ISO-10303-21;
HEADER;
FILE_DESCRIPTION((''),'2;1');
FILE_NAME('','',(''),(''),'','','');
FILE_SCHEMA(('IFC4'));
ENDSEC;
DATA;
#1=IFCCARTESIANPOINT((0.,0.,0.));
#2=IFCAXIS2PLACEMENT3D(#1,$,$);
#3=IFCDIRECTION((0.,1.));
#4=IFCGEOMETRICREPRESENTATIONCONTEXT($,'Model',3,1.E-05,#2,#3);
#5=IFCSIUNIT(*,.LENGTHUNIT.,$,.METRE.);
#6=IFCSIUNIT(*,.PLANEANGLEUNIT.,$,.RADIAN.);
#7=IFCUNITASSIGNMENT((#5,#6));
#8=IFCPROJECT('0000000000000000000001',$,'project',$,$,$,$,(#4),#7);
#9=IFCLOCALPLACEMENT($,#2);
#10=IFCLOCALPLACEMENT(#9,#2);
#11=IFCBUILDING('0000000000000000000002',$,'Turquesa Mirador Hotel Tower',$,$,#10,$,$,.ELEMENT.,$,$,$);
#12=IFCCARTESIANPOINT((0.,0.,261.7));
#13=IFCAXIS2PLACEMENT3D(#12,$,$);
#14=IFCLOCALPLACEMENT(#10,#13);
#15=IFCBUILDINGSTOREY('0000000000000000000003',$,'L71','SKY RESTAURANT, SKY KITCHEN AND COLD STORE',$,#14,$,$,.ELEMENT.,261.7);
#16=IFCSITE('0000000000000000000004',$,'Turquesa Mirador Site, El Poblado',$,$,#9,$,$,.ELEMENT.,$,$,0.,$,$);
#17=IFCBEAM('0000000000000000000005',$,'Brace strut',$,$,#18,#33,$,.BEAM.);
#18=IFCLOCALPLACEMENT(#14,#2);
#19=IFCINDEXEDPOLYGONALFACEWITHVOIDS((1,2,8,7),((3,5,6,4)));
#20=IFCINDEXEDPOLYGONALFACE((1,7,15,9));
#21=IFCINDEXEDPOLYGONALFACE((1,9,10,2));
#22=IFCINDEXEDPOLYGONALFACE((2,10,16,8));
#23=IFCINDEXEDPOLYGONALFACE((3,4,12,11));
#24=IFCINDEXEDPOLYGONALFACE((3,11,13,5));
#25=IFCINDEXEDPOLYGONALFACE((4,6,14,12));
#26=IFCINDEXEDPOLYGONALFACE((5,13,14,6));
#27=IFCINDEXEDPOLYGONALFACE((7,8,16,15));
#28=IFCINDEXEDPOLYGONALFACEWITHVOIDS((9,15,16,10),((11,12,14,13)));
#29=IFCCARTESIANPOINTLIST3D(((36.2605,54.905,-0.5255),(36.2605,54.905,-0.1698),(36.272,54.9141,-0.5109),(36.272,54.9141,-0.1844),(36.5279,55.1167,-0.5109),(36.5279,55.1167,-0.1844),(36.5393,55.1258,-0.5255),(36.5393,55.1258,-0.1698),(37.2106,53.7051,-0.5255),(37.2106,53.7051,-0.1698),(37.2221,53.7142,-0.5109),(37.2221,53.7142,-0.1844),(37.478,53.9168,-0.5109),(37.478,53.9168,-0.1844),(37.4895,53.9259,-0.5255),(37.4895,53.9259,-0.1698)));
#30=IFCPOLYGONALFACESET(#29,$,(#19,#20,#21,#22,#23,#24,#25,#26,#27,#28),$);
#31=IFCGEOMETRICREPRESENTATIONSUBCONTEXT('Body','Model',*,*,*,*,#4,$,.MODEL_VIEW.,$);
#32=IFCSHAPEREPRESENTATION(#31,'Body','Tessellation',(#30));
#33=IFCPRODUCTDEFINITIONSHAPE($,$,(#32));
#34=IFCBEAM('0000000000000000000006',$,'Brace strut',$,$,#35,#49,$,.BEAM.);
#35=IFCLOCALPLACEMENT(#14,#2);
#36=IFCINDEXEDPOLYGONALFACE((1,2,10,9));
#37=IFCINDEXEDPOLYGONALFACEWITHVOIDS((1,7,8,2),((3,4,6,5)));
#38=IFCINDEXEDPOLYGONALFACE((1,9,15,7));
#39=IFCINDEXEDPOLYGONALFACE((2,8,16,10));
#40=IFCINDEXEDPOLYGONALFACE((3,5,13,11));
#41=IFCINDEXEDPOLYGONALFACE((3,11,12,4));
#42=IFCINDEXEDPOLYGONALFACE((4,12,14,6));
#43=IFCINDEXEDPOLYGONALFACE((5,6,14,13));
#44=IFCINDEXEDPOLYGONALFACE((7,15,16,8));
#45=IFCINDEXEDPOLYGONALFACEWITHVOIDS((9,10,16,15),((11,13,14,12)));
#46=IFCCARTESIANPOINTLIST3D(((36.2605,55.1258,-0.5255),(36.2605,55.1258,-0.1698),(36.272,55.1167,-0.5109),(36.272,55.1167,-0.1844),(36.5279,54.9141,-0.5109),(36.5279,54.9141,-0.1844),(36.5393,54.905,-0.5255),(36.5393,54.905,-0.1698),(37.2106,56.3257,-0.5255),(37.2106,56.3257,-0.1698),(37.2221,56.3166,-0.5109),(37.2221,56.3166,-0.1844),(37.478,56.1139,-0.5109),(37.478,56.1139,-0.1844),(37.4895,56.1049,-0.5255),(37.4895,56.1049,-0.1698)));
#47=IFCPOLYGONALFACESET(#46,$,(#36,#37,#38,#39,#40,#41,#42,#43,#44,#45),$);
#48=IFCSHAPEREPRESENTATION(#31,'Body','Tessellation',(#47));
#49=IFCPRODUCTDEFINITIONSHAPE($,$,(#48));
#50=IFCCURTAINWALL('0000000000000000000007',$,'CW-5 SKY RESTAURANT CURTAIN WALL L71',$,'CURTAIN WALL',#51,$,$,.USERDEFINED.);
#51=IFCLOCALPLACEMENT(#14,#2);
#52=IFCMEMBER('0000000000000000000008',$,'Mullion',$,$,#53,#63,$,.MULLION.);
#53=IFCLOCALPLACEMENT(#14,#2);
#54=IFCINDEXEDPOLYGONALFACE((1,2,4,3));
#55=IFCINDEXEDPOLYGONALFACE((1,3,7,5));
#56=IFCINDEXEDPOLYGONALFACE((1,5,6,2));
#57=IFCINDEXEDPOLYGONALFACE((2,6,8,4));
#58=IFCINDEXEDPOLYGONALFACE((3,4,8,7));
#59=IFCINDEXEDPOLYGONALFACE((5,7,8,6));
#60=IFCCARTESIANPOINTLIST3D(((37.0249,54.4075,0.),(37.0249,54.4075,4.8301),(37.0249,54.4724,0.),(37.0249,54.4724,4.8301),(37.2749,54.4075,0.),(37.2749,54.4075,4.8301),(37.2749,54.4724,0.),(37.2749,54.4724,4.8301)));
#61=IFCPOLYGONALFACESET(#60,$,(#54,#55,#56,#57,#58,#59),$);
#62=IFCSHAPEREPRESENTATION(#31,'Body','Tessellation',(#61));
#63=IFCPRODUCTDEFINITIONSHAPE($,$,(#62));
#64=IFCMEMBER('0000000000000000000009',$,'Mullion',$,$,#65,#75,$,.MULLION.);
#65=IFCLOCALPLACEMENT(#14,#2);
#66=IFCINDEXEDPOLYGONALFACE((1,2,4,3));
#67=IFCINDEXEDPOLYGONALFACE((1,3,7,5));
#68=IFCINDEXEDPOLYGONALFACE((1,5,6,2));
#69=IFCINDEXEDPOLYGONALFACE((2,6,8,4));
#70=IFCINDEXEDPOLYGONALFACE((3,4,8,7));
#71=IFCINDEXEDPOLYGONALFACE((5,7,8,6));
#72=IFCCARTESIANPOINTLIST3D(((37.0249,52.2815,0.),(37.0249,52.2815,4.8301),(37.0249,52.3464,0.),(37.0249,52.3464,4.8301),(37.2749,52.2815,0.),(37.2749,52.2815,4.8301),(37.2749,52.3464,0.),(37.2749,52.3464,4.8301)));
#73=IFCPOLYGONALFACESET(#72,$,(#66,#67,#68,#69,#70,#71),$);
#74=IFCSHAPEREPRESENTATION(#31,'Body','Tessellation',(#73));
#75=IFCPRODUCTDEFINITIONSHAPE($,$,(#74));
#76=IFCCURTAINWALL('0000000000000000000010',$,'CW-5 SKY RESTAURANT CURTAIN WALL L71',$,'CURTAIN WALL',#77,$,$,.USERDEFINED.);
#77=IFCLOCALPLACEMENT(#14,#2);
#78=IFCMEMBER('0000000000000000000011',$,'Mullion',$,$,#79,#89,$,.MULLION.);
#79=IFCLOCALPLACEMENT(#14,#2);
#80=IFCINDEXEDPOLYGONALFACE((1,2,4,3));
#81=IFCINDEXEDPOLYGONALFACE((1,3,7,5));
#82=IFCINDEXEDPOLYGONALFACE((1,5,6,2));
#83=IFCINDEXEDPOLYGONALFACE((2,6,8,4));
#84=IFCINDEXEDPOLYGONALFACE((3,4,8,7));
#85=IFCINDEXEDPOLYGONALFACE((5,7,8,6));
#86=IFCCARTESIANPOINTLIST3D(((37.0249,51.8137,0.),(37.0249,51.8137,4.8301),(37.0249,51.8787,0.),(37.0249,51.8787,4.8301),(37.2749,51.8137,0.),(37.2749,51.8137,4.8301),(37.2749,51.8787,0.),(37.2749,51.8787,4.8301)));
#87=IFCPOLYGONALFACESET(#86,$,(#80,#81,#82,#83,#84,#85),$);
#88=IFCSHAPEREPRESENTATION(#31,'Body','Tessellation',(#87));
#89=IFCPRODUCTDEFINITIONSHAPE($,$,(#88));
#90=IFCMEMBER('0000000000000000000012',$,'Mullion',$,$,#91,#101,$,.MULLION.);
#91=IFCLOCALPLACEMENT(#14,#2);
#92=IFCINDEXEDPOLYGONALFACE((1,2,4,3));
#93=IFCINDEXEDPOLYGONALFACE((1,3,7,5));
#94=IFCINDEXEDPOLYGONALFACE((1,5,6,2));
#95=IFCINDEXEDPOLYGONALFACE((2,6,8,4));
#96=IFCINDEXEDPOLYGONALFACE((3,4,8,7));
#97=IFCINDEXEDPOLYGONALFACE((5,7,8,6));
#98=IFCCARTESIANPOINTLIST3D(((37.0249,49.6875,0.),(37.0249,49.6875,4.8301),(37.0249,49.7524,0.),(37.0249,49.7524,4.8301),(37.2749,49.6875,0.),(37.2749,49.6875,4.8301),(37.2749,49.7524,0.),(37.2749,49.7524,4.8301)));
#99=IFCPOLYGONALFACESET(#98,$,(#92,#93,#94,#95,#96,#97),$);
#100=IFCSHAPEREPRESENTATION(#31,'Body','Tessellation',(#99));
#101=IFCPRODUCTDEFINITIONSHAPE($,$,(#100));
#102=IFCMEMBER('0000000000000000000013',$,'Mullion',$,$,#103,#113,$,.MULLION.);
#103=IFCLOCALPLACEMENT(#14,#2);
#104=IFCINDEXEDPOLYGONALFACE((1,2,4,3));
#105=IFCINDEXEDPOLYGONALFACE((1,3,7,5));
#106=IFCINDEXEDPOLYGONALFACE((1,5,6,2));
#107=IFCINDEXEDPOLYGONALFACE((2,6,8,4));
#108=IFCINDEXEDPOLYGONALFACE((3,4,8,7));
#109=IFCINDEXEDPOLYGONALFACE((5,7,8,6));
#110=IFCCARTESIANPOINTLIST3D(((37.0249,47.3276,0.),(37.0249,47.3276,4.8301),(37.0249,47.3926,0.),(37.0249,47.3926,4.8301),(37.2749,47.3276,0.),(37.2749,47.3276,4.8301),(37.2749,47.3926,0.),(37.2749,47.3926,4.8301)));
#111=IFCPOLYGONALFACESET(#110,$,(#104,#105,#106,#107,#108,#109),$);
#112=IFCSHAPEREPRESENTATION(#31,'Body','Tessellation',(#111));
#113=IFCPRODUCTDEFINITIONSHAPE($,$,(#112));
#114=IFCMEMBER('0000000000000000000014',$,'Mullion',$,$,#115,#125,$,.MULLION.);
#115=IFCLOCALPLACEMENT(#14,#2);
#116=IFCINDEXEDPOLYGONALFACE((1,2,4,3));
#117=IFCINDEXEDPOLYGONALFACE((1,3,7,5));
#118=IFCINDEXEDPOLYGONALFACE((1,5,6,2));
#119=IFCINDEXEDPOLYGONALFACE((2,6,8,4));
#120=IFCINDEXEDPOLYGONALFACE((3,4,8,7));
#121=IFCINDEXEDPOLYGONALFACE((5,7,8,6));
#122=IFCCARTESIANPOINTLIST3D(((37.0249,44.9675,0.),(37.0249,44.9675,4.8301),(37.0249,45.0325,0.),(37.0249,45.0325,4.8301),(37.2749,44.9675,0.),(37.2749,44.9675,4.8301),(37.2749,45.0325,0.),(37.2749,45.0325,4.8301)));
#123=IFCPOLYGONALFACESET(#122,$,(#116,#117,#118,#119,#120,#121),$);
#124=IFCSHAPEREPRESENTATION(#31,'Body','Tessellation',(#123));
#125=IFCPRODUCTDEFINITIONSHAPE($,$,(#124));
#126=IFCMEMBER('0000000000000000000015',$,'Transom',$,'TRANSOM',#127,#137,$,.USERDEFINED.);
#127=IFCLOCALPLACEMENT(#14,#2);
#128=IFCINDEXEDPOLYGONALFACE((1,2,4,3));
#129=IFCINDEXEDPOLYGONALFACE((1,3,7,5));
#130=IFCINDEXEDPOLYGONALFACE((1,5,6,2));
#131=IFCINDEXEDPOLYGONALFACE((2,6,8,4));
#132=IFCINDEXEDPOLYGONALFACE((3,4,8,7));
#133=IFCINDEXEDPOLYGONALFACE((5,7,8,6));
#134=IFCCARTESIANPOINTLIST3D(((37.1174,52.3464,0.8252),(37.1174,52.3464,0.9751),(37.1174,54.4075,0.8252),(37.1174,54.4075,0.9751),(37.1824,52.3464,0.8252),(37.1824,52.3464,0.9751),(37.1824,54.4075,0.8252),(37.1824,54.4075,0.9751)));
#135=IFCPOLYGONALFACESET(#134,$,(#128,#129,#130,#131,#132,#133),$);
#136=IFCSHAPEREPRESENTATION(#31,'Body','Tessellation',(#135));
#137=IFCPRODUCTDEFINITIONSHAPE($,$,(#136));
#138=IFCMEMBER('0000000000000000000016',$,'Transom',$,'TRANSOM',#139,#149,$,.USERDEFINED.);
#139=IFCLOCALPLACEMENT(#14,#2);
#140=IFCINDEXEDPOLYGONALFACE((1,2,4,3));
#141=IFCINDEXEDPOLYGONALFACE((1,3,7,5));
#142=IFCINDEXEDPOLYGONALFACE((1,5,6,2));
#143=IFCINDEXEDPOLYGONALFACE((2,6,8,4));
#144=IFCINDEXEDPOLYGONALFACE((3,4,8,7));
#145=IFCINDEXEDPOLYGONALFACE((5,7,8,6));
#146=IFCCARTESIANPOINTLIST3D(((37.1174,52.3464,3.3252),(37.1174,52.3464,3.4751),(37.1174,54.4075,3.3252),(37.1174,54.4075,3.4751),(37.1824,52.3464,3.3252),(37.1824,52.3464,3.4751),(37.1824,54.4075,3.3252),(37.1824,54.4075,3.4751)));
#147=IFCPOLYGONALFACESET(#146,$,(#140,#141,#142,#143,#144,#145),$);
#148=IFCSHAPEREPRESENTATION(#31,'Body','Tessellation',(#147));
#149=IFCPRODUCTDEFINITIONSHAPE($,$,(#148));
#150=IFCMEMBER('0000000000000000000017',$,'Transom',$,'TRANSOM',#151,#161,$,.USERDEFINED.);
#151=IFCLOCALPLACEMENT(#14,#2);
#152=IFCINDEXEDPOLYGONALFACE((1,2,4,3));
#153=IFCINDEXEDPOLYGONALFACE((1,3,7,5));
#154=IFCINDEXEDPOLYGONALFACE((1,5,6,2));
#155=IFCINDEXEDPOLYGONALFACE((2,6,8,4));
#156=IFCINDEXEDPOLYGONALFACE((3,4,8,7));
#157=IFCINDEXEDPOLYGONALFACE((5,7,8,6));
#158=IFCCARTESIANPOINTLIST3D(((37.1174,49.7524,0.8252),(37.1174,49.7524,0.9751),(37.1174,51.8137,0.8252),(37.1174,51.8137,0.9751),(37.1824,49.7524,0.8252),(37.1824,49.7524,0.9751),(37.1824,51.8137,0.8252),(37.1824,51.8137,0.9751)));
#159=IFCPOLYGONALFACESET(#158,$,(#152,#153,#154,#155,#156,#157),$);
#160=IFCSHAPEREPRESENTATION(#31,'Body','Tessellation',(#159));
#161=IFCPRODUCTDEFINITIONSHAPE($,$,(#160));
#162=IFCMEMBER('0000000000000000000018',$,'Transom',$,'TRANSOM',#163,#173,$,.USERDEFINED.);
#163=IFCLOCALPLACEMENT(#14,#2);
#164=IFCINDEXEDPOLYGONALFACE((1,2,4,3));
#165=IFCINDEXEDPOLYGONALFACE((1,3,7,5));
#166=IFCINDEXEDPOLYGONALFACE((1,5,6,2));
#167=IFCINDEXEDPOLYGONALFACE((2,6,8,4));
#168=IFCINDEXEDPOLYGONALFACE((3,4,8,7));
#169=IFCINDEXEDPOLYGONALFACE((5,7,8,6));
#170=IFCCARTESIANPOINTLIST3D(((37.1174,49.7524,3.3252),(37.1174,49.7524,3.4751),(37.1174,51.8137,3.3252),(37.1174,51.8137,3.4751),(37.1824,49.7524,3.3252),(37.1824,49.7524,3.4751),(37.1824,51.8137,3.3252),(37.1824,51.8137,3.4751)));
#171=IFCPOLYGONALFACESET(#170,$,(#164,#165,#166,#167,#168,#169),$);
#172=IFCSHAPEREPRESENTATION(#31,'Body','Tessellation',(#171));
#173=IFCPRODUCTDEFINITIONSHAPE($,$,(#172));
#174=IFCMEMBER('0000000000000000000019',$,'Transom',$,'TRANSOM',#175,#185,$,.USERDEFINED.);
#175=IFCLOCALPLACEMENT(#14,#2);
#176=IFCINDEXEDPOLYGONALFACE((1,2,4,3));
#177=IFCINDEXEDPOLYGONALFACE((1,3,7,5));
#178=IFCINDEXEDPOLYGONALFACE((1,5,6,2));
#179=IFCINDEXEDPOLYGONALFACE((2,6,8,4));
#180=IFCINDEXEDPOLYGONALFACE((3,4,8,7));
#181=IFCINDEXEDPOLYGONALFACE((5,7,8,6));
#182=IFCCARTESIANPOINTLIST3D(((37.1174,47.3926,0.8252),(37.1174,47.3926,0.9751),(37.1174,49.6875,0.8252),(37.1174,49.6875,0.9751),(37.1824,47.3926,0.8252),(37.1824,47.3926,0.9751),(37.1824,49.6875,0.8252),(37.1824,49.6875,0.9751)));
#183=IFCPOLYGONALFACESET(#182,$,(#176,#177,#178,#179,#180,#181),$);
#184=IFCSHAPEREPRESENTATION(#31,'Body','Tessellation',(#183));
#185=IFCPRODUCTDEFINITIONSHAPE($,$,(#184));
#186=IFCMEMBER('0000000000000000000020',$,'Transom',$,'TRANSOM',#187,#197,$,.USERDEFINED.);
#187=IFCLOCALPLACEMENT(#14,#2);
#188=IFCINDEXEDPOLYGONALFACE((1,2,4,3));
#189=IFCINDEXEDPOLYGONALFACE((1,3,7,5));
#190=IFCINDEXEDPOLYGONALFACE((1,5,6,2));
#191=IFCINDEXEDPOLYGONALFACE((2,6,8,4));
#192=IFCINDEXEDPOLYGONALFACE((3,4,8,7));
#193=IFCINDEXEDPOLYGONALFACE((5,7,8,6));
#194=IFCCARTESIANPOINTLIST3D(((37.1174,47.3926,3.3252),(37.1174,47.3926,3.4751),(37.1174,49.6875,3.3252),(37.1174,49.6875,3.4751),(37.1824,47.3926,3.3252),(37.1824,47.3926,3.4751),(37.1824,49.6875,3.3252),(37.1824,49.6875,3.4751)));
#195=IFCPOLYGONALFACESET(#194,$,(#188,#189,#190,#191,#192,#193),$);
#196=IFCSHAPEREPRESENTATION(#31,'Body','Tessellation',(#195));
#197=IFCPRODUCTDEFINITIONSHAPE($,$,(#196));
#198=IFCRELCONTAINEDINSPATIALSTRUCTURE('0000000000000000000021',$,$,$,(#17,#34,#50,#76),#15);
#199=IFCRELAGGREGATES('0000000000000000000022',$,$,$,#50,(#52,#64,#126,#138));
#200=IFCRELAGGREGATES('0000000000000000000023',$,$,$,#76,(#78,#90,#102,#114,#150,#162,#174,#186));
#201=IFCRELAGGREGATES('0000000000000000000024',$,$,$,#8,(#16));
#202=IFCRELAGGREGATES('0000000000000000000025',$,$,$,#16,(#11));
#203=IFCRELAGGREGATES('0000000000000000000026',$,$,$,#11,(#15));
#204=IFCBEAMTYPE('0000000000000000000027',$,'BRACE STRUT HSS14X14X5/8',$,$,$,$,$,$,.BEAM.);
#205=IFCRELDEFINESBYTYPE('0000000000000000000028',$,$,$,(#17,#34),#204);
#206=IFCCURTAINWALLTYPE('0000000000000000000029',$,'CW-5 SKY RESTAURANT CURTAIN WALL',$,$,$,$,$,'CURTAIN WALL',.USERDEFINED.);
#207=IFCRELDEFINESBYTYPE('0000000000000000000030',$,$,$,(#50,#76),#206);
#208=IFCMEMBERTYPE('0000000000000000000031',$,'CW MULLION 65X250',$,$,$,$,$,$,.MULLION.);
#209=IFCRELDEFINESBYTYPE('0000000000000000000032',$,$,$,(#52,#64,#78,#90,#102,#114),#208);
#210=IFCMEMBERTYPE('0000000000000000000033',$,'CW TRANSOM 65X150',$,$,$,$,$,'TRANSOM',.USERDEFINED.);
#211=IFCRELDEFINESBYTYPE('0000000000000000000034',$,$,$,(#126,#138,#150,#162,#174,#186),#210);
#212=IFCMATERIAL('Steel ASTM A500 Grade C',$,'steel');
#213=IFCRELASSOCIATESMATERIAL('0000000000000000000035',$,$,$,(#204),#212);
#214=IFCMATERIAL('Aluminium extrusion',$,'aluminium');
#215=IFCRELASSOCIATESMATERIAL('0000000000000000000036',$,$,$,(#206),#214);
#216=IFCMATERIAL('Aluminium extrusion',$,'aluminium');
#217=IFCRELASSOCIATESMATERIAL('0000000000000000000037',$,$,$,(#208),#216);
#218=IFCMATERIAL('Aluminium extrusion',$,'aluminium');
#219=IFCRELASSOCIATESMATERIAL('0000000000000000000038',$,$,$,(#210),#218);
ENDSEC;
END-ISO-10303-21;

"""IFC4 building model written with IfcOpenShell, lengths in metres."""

from ifc_helpers import new_model, si_unit, direction, frame, origin, origin_2d, place, context, subcontext, project, spatial, rectangle, hollow_rectangle, extrude, material, material_profile, profile_set, type_object, element, aggregate, save


model = new_model("IFC4")

# Units and contexts
model_context = context("Model", 3, precision=1e-05, world=origin(), true_north=direction((0.0, 1.0)))
body_context = subcontext(model_context, "Body", "Model", "MODEL_VIEW")
ifc_project = project(units=[si_unit("LENGTHUNIT", "METRE"), si_unit("PLANEANGLEUNIT", "RADIAN")], contexts=[model_context])

# Site, building, storey
site_placement = place(None, origin())
site = spatial("IfcSite", under=ifc_project, at=site_placement, Name="Turquesa Mirador Site, El Poblado", CompositionType="ELEMENT", RefElevation=0.0)
building_placement = place(site_placement, origin())
building = spatial("IfcBuilding", under=site, at=building_placement, Name="Turquesa Mirador Hotel Tower", CompositionType="ELEMENT")
storey_placement = place(building_placement, frame((0.0, 0.0, 261.7)))
storey = spatial("IfcBuildingStorey", under=building, at=storey_placement, Name="L71", Description="SKY RESTAURANT, SKY KITCHEN AND COLD STORE", CompositionType="ELEMENT", Elevation=261.7)

# Beams
ifc_material_1 = material(Name="Steel ASTM A500 Grade C", Category="steel")
ifc_material_profile_1 = material_profile(ifc_material_1, hollow_rectangle(XDim=0.3557, YDim=0.3557, WallThickness=0.0146, at=origin_2d()), Name="HSS14X14X5/8")
ifc_profile_set_1 = profile_set([ifc_material_profile_1], Name="Steel ASTM A500 Grade C")
beam_type = type_object("IfcBeamType", Name="BRACE STRUT HSS14X14X5/8", PredefinedType="BEAM", material=ifc_profile_set_1)
for number, where, z_axis, x_axis, name in (
    (1, (36.3999, 55.0154, -0.3477), (0.620797, -0.783971, 0.0), (0.783971, 0.620797, 0.0), "Brace strut"),
    (2, (36.3999, 55.0154, -0.3477), (0.620797, 0.783971, 0.0), (-0.783971, 0.620797, 0.0), "Brace strut"),
):
    element("IfcBeam", number, at=place(storey_placement, frame(where, z_axis=z_axis, x_axis=x_axis)), inside=storey, type_object=beam_type, Name=name, PredefinedType="BEAM", context=body_context, shape_type="SweptSolid", body=[
        extrude(hollow_rectangle(XDim=0.3557, YDim=0.3557, WallThickness=0.0146, at=origin_2d()), origin(), (0.0, 0.0, 1.0), 1.5305),
    ])

# Curtain walls, members
ifc_material_2 = material(Name="Aluminium extrusion", Category="aluminium")
curtain_wall_type = type_object("IfcCurtainWallType", Name="CW-5 SKY RESTAURANT CURTAIN WALL", ElementType="CURTAIN WALL", PredefinedType="USERDEFINED", material=ifc_material_2)
curtain_wall_1_placement = place(storey_placement, origin())
curtain_wall_1 = element("IfcCurtainWall", 3, at=curtain_wall_1_placement, inside=storey, type_object=curtain_wall_type, Name="CW-5 SKY RESTAURANT CURTAIN WALL L71", ObjectType="CURTAIN WALL", PredefinedType="USERDEFINED")
ifc_material_3 = material(Name="Aluminium extrusion", Category="aluminium")
ifc_material_profile_2 = material_profile(ifc_material_3, rectangle(XDim=0.0649, YDim=0.25, at=origin_2d()), Name="MULLION 65X250")
ifc_profile_set_2 = profile_set([ifc_material_profile_2], Name="Aluminium extrusion")
member_type_1 = type_object("IfcMemberType", Name="CW MULLION 65X250", PredefinedType="MULLION", material=ifc_profile_set_2)
member_1_placement = place(storey_placement, frame((37.1499, 54.4399, 0.0), z_axis=(0.0, 0.0, 1.0), x_axis=(0.0, -1.0, 0.0)))
member_1 = element("IfcMember", 4, at=member_1_placement, type_object=member_type_1, Name="Mullion", PredefinedType="MULLION", context=body_context, shape_type="SweptSolid", body=[
    extrude(rectangle(XDim=0.0649, YDim=0.25, at=origin_2d()), origin(), (0.0, 0.0, 1.0), 4.8301),
])
member_2_placement = place(storey_placement, frame((37.1499, 52.314, 0.0), z_axis=(0.0, 0.0, 1.0), x_axis=(0.0, -1.0, 0.0)))
member_2 = element("IfcMember", 5, at=member_2_placement, type_object=member_type_1, Name="Mullion", PredefinedType="MULLION", context=body_context, shape_type="SweptSolid", body=[
    extrude(rectangle(XDim=0.0649, YDim=0.25, at=origin_2d()), origin(), (0.0, 0.0, 1.0), 4.8301),
])
curtain_wall_2_placement = place(storey_placement, origin())
curtain_wall_2 = element("IfcCurtainWall", 6, at=curtain_wall_2_placement, inside=storey, type_object=curtain_wall_type, Name="CW-5 SKY RESTAURANT CURTAIN WALL L71", ObjectType="CURTAIN WALL", PredefinedType="USERDEFINED")
member_3_placement = place(storey_placement, frame((37.1499, 51.8462, 0.0), z_axis=(0.0, 0.0, 1.0), x_axis=(0.0, -1.0, 0.0)))
member_3 = element("IfcMember", 7, at=member_3_placement, type_object=member_type_1, Name="Mullion", PredefinedType="MULLION", context=body_context, shape_type="SweptSolid", body=[
    extrude(rectangle(XDim=0.0649, YDim=0.25, at=origin_2d()), origin(), (0.0, 0.0, 1.0), 4.8301),
])
member_4_placement = place(storey_placement, frame((37.1499, 49.72, 0.0), z_axis=(0.0, 0.0, 1.0), x_axis=(0.0, -1.0, 0.0)))
member_4 = element("IfcMember", 8, at=member_4_placement, type_object=member_type_1, Name="Mullion", PredefinedType="MULLION", context=body_context, shape_type="SweptSolid", body=[
    extrude(rectangle(XDim=0.0649, YDim=0.25, at=origin_2d()), origin(), (0.0, 0.0, 1.0), 4.8301),
])
member_5_placement = place(storey_placement, frame((37.1499, 47.3601, 0.0), z_axis=(0.0, 0.0, 1.0), x_axis=(0.0, -1.0, 0.0)))
member_5 = element("IfcMember", 9, at=member_5_placement, type_object=member_type_1, Name="Mullion", PredefinedType="MULLION", context=body_context, shape_type="SweptSolid", body=[
    extrude(rectangle(XDim=0.0649, YDim=0.25, at=origin_2d()), origin(), (0.0, 0.0, 1.0), 4.8301),
])
member_6_placement = place(storey_placement, frame((37.1499, 45.0, 0.0), z_axis=(0.0, 0.0, 1.0), x_axis=(0.0, -1.0, 0.0)))
member_6 = element("IfcMember", 10, at=member_6_placement, type_object=member_type_1, Name="Mullion", PredefinedType="MULLION", context=body_context, shape_type="SweptSolid", body=[
    extrude(rectangle(XDim=0.0649, YDim=0.25, at=origin_2d()), origin(), (0.0, 0.0, 1.0), 4.8301),
])

# Members
ifc_material_4 = material(Name="Aluminium extrusion", Category="aluminium")
ifc_material_profile_3 = material_profile(ifc_material_4, rectangle(XDim=0.0649, YDim=0.1499, at=origin_2d()), Name="TRANSOM 65X150")
ifc_profile_set_3 = profile_set([ifc_material_profile_3], Name="Aluminium extrusion")
member_type_2 = type_object("IfcMemberType", Name="CW TRANSOM 65X150", ElementType="TRANSOM", PredefinedType="USERDEFINED", material=ifc_profile_set_3)
member_7_placement = place(storey_placement, frame((37.1499, 54.4075, 0.9001), z_axis=(0.0, -1.0, 0.0), x_axis=(1.0, 0.0, 0.0)))
member_7 = element("IfcMember", 11, at=member_7_placement, type_object=member_type_2, Name="Transom", ObjectType="TRANSOM", PredefinedType="USERDEFINED", context=body_context, shape_type="SweptSolid", body=[
    extrude(rectangle(XDim=0.0649, YDim=0.1499, at=origin_2d()), origin(), (0.0, 0.0, 1.0), 2.061),
])
member_8_placement = place(storey_placement, frame((37.1499, 54.4075, 3.4001), z_axis=(0.0, -1.0, 0.0), x_axis=(1.0, 0.0, 0.0)))
member_8 = element("IfcMember", 12, at=member_8_placement, type_object=member_type_2, Name="Transom", ObjectType="TRANSOM", PredefinedType="USERDEFINED", context=body_context, shape_type="SweptSolid", body=[
    extrude(rectangle(XDim=0.0649, YDim=0.1499, at=origin_2d()), origin(), (0.0, 0.0, 1.0), 2.061),
])
member_9_placement = place(storey_placement, frame((37.1499, 51.8137, 0.9001), z_axis=(0.0, -1.0, 0.0), x_axis=(1.0, 0.0, 0.0)))
member_9 = element("IfcMember", 13, at=member_9_placement, type_object=member_type_2, Name="Transom", ObjectType="TRANSOM", PredefinedType="USERDEFINED", context=body_context, shape_type="SweptSolid", body=[
    extrude(rectangle(XDim=0.0649, YDim=0.1499, at=origin_2d()), origin(), (0.0, 0.0, 1.0), 2.0613),
])
member_10_placement = place(storey_placement, frame((37.1499, 51.8137, 3.4001), z_axis=(0.0, -1.0, 0.0), x_axis=(1.0, 0.0, 0.0)))
member_10 = element("IfcMember", 14, at=member_10_placement, type_object=member_type_2, Name="Transom", ObjectType="TRANSOM", PredefinedType="USERDEFINED", context=body_context, shape_type="SweptSolid", body=[
    extrude(rectangle(XDim=0.0649, YDim=0.1499, at=origin_2d()), origin(), (0.0, 0.0, 1.0), 2.0613),
])
member_11_placement = place(storey_placement, frame((37.1499, 49.6875, 0.9001), z_axis=(0.0, -1.0, 0.0), x_axis=(1.0, 0.0, 0.0)))
member_11 = element("IfcMember", 15, at=member_11_placement, type_object=member_type_2, Name="Transom", ObjectType="TRANSOM", PredefinedType="USERDEFINED", context=body_context, shape_type="SweptSolid", body=[
    extrude(rectangle(XDim=0.0649, YDim=0.1499, at=origin_2d()), origin(), (0.0, 0.0, 1.0), 2.2949),
])
member_12_placement = place(storey_placement, frame((37.1499, 49.6875, 3.4001), z_axis=(0.0, -1.0, 0.0), x_axis=(1.0, 0.0, 0.0)))
member_12 = element("IfcMember", 16, at=member_12_placement, type_object=member_type_2, Name="Transom", ObjectType="TRANSOM", PredefinedType="USERDEFINED", context=body_context, shape_type="SweptSolid", body=[
    extrude(rectangle(XDim=0.0649, YDim=0.1499, at=origin_2d()), origin(), (0.0, 0.0, 1.0), 2.2949),
])

aggregate(curtain_wall_1, [member_1, member_2, member_7, member_8])
aggregate(curtain_wall_2, [member_3, member_4, member_5, member_6, member_9, member_10, member_11, member_12])

save(model, "model.ifc")
